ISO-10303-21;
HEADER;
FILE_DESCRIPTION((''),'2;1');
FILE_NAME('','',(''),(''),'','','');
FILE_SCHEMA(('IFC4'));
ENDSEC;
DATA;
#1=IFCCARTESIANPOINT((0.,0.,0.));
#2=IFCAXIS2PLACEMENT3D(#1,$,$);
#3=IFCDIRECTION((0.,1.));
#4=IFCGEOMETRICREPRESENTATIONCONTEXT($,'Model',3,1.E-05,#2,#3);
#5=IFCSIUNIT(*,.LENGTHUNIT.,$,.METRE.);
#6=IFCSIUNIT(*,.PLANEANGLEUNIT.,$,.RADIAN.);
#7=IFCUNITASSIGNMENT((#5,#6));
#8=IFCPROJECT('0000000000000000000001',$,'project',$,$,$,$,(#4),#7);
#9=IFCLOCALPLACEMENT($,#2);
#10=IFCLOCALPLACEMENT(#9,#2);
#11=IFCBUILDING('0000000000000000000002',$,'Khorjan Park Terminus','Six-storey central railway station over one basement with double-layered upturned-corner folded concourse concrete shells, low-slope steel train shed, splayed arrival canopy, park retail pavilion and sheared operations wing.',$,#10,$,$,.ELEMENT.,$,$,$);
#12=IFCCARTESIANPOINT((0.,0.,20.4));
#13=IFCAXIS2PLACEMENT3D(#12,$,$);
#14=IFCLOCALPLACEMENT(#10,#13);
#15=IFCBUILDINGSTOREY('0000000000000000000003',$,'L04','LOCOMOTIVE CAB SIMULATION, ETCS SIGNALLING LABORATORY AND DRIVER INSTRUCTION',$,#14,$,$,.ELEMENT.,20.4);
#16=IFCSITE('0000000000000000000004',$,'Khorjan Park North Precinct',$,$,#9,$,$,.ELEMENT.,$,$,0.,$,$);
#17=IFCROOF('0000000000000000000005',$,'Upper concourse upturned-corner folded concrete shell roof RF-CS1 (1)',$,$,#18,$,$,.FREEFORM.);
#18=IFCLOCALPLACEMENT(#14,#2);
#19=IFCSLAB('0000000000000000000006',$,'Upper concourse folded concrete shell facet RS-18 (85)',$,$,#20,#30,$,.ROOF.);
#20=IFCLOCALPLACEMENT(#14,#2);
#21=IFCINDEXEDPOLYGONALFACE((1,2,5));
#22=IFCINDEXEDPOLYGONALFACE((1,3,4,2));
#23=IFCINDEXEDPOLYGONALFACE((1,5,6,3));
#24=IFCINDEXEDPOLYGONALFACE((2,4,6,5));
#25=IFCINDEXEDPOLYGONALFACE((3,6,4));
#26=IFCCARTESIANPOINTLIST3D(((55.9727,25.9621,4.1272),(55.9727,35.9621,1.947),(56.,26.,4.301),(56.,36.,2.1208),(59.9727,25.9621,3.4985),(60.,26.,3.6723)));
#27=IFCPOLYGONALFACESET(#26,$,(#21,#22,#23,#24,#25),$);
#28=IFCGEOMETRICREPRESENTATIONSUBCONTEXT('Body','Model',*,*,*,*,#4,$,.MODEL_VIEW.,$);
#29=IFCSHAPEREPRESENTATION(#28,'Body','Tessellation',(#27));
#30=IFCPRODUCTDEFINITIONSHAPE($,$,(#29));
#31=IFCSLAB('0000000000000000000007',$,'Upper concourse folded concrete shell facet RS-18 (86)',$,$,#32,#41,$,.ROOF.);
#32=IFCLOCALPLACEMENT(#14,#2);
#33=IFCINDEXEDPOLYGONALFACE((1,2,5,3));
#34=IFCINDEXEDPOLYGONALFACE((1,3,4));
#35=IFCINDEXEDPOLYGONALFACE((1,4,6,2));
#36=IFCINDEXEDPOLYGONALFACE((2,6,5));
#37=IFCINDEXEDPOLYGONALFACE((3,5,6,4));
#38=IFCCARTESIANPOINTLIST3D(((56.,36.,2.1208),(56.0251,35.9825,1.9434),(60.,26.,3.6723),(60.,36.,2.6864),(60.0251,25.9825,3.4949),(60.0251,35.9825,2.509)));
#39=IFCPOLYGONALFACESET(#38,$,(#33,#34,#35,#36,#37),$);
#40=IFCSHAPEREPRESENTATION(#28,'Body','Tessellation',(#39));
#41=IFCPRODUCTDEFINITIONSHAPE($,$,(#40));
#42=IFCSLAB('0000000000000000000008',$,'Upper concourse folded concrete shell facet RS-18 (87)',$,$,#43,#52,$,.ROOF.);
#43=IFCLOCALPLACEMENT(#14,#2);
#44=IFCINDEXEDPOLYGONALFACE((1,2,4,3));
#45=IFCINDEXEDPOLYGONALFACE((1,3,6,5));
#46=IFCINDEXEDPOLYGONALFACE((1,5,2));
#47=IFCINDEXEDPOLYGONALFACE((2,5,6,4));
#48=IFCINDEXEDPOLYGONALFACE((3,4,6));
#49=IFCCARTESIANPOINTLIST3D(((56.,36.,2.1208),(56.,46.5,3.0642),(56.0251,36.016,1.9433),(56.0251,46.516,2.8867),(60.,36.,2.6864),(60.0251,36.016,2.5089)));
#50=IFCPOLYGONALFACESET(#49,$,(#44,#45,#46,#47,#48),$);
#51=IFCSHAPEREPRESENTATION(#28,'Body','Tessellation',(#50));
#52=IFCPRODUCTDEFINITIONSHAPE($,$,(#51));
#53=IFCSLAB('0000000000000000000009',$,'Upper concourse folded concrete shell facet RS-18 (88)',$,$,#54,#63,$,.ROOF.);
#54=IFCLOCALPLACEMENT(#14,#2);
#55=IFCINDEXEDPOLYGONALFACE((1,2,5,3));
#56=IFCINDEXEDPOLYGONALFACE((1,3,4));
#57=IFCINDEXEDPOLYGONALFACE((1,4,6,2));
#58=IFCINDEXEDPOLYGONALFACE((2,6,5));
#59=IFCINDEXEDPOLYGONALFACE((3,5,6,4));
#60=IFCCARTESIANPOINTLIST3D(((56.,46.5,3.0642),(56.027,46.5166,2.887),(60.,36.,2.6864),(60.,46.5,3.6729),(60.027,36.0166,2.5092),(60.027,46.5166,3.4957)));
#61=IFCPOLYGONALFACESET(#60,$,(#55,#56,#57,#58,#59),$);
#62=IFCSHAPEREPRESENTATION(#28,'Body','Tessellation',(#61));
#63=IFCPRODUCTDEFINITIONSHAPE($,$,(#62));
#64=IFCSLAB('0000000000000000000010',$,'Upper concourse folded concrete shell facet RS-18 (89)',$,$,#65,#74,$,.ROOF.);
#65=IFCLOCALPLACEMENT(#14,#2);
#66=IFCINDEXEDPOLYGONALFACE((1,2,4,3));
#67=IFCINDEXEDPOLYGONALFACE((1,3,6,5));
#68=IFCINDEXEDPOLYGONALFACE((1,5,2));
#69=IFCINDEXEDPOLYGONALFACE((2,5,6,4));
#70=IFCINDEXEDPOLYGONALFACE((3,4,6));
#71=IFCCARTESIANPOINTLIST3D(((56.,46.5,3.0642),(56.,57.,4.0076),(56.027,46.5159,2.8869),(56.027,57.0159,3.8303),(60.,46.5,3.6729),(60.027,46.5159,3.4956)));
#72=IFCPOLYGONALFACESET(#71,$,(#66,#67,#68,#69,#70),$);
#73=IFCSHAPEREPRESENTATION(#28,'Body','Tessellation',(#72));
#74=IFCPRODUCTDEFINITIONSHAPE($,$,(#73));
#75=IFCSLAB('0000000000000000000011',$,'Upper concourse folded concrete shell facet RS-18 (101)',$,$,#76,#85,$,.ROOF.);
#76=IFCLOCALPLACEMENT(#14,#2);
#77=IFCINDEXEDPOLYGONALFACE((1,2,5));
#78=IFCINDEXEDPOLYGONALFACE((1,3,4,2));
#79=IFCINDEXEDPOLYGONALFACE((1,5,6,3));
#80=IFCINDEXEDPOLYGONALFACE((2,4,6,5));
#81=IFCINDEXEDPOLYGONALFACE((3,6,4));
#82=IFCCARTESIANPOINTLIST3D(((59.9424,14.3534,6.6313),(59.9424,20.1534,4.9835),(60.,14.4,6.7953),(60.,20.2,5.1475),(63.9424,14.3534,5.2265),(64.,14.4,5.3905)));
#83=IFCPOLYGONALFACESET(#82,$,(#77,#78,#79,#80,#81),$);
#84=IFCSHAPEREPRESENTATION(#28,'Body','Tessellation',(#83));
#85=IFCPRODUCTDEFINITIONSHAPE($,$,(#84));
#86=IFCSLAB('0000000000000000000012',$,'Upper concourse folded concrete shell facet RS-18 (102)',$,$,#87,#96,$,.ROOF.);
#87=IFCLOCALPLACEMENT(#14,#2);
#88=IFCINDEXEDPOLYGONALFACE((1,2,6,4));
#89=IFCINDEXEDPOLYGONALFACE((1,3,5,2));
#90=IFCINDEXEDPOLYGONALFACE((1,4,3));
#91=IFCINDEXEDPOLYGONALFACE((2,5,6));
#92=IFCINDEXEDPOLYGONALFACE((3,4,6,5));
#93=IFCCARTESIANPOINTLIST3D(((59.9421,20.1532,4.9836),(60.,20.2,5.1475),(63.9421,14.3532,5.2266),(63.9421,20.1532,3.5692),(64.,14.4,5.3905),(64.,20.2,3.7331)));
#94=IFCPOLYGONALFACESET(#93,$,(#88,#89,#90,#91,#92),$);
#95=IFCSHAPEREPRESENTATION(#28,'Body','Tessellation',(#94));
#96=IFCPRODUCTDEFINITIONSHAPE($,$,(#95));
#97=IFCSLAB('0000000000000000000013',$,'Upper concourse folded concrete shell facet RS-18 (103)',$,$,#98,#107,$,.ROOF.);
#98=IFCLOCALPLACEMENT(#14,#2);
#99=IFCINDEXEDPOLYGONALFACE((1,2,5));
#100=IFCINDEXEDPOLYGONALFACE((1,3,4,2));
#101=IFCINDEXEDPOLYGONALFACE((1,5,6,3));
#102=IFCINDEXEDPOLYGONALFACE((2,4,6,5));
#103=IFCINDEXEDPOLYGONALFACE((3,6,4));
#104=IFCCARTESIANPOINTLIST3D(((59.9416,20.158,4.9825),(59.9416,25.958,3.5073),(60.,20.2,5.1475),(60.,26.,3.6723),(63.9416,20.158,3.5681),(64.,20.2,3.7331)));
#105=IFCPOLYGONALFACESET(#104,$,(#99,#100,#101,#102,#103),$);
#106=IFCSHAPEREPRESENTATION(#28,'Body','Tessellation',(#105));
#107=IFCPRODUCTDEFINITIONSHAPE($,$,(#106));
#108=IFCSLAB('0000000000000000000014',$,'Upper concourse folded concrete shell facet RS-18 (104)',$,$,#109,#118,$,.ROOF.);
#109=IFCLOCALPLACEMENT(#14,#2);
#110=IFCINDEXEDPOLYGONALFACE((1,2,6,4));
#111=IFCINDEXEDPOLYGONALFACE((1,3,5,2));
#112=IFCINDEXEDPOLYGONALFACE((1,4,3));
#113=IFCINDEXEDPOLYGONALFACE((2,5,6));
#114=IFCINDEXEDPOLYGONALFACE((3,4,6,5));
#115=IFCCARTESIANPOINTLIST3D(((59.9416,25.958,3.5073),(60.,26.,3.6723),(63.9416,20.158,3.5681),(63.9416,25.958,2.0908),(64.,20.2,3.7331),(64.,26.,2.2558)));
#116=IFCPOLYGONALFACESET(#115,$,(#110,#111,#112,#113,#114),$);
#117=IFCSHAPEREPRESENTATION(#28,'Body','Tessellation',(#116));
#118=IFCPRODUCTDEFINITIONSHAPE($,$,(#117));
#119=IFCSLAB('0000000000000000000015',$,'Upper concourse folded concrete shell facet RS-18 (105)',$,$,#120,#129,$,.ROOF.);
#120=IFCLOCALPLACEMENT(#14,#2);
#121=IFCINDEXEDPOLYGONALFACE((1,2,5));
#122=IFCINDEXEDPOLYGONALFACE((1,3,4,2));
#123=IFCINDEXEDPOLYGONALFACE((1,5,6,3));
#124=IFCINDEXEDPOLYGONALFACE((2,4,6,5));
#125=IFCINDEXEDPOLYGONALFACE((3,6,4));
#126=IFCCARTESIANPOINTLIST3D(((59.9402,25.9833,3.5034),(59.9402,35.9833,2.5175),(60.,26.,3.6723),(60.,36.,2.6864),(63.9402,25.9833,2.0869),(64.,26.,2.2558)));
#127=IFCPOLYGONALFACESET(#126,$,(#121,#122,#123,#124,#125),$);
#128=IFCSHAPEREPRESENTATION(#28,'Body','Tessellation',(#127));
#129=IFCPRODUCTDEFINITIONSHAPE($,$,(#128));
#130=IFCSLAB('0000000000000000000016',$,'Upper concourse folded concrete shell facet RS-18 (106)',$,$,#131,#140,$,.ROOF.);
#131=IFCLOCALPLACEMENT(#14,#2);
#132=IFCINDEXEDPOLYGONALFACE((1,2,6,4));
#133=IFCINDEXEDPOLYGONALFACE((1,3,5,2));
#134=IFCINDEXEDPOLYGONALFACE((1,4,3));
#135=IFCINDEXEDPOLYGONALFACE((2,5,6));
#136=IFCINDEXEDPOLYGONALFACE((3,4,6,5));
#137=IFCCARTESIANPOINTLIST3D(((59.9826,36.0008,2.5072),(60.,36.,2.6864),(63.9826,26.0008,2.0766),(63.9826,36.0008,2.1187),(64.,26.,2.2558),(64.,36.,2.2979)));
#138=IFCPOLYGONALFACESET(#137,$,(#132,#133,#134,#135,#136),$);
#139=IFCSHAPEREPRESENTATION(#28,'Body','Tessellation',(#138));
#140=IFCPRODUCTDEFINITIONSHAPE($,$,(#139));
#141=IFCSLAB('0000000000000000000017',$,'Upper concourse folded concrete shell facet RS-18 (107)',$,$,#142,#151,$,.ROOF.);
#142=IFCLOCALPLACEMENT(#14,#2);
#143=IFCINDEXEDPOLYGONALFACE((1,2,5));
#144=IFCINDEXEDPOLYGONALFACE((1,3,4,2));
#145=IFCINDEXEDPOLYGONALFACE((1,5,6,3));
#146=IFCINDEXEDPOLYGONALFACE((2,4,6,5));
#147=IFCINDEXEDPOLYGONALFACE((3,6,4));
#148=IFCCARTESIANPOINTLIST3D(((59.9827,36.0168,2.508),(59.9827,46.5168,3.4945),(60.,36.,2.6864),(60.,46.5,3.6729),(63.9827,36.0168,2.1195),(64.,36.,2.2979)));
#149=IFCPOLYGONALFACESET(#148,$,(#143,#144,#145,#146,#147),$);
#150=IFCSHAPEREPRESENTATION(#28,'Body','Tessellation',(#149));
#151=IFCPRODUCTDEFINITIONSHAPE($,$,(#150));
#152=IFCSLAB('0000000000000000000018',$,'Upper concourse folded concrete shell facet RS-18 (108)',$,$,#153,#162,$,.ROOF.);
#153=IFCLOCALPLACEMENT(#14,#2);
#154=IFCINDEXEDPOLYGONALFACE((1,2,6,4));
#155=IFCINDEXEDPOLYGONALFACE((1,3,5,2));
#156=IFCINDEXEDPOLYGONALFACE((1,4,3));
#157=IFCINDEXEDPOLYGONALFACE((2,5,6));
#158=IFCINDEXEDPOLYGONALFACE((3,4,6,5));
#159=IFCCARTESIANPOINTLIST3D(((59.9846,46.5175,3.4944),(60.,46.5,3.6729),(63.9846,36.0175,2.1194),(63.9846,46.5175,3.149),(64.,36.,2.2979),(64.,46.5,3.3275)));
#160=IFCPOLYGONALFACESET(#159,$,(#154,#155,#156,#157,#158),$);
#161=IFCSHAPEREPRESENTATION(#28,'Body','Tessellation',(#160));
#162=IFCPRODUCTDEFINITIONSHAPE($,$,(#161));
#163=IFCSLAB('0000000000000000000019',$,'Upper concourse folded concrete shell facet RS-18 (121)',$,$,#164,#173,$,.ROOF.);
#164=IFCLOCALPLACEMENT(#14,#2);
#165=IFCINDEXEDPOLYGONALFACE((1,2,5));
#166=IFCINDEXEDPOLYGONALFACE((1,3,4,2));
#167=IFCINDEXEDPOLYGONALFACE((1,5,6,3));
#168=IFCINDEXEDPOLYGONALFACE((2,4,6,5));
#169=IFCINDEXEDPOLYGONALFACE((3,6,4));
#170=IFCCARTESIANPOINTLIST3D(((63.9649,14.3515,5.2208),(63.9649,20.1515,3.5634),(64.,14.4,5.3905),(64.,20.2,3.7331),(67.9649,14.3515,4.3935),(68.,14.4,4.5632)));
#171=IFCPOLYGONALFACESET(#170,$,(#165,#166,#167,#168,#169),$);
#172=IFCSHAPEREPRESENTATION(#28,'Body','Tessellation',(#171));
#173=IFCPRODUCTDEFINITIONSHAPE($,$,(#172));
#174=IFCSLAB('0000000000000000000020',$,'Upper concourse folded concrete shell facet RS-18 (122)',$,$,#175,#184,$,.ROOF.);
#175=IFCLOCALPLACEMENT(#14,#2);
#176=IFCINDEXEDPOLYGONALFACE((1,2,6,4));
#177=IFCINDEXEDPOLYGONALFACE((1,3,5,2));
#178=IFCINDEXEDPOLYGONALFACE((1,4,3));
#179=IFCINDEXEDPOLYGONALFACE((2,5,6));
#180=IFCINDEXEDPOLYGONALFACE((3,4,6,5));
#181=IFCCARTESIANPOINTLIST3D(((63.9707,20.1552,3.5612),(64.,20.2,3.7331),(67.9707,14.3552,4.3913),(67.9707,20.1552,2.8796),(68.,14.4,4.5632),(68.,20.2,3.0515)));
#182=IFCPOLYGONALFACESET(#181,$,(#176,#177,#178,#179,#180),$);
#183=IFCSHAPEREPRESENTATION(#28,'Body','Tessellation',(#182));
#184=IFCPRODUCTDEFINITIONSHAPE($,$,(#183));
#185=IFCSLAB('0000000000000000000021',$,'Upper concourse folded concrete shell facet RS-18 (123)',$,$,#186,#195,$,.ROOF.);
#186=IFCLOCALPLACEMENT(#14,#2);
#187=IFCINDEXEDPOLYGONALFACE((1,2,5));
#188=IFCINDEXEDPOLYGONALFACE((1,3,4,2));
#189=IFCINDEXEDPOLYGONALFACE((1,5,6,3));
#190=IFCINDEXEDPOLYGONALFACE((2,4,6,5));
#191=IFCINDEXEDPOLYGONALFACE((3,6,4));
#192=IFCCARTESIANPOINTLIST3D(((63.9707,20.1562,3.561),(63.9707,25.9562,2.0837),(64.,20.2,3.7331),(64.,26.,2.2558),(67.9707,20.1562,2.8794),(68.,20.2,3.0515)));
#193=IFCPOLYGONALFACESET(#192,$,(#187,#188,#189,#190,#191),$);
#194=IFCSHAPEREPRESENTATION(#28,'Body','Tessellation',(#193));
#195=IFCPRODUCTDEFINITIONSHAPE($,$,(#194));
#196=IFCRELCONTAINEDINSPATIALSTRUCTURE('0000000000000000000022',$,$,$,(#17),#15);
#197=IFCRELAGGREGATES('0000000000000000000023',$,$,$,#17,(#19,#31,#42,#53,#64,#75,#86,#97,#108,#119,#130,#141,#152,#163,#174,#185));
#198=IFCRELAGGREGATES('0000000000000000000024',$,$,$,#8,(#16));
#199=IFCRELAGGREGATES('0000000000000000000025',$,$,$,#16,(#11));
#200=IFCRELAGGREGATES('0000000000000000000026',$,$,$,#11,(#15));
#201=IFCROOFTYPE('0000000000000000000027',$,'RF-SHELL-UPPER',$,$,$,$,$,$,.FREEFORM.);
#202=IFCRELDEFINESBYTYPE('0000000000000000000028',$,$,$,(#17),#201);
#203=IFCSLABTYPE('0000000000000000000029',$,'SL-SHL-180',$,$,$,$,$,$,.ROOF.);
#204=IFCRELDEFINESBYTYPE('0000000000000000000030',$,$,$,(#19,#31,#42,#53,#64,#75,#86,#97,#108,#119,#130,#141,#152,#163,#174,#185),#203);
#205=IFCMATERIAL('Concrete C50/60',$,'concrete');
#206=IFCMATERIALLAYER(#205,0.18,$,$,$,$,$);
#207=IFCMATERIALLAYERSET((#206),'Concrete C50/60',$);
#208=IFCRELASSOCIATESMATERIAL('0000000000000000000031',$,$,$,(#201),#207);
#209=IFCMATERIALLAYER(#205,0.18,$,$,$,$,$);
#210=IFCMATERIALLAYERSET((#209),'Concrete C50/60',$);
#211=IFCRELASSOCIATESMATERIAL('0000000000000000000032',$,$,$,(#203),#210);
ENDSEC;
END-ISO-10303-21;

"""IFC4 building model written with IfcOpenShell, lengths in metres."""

from ifc_helpers import new_model, si_unit, direction, frame, origin, place, context, subcontext, project, spatial, polyline, outline, extrude, material, layer, layer_set, type_object, element, aggregate, save


model = new_model("IFC4")

# Units and contexts
model_context = context("Model", 3, precision=1e-05, world=origin(), true_north=direction((0.0, 1.0)))
body_context = subcontext(model_context, "Body", "Model", "MODEL_VIEW")
ifc_project = project(units=[si_unit("LENGTHUNIT", "METRE"), si_unit("PLANEANGLEUNIT", "RADIAN")], contexts=[model_context])

# Site, building, storey
site_placement = place(None, origin())
site = spatial("IfcSite", under=ifc_project, at=site_placement, Name="Khorjan Park North Precinct", CompositionType="ELEMENT", RefElevation=0.0)
building_placement = place(site_placement, origin())
building = spatial("IfcBuilding", under=site, at=building_placement, Name="Khorjan Park Terminus", Description="Six-storey central railway station over one basement with double-layered upturned-corner folded concourse concrete shells, low-slope steel train shed, splayed arrival canopy, park retail pavilion and sheared operations wing.", CompositionType="ELEMENT")
storey_placement = place(building_placement, frame((0.0, 0.0, 20.4)))
storey = spatial("IfcBuildingStorey", under=building, at=storey_placement, Name="L04", Description="LOCOMOTIVE CAB SIMULATION, ETCS SIGNALLING LABORATORY AND DRIVER INSTRUCTION", CompositionType="ELEMENT", Elevation=20.4)

# Roof, slabs
ifc_material = material(Name="Concrete C50/60", Category="concrete")
ifc_layer_1 = layer(ifc_material, 0.18)
ifc_layer_set_1 = layer_set([ifc_layer_1], Name="Concrete C50/60")
roof_type = type_object("IfcRoofType", Name="RF-SHELL-UPPER", PredefinedType="FREEFORM", material=ifc_layer_set_1)
roof_1_placement = place(storey_placement, origin())
roof_1 = element("IfcRoof", 1, at=roof_1_placement, inside=storey, type_object=roof_type, Name="Upper concourse upturned-corner folded concrete shell roof RF-CS1 (1)", PredefinedType="FREEFORM")
ifc_layer_2 = layer(ifc_material, 0.18)
ifc_layer_set_2 = layer_set([ifc_layer_2], Name="Concrete C50/60")
slab_type = type_object("IfcSlabType", Name="SL-SHL-180", PredefinedType="ROOF", material=ifc_layer_set_2)
slab_1_placement = place(storey_placement, frame((56.0, 26.0, 4.301), z_axis=(0.151788, 0.210548, 0.965728), x_axis=(0.987872, 0.0, -0.155269)))
slab_1 = element("IfcSlab", 2, at=slab_1_placement, type_object=slab_type, Name="Upper concourse folded concrete shell facet RS-18 (85)", PredefinedType="ROOF", context=body_context, shape_type="SweptSolid", body=[
    extrude(outline(polyline([(0.0, 0.0), (4.0491, 0.0), (0.3385, 10.2293), (0.0, 0.0)])), origin(), (0.0, 0.0, -1.0), 0.18),
])
slab_2_placement = place(storey_placement, frame((60.0, 26.0, 3.6723), z_axis=(-0.139345, 0.097157, 0.985466), x_axis=(0.0, 0.995175, -0.098114)))
slab_2 = element("IfcSlab", 3, at=slab_2_placement, type_object=slab_type, Name="Upper concourse folded concrete shell facet RS-18 (86)", PredefinedType="ROOF", context=body_context, shape_type="SweptSolid", body=[
    extrude(outline(polyline([(0.0, 0.0), (10.0485, 0.0), (10.104, 4.0394), (0.0, 0.0)])), origin(), (0.0, 0.0, -1.0), 0.18),
])
slab_3_placement = place(storey_placement, frame((56.0, 36.0, 2.1208), z_axis=(-0.139457, -0.088613, 0.986255), x_axis=(0.99015, 0.0, 0.140007)))
slab_3 = element("IfcSlab", 4, at=slab_3_placement, type_object=slab_type, Name="Upper concourse folded concrete shell facet RS-18 (87)", PredefinedType="ROOF", context=body_context, shape_type="SweptSolid", body=[
    extrude(outline(polyline([(0.0, 0.0), (4.0398, 0.0), (0.1321, 10.5415), (0.0, 0.0)])), origin(), (0.0, 0.0, -1.0), 0.18),
])
slab_4_placement = place(storey_placement, frame((60.0, 36.0, 2.6864), z_axis=(-0.149798, -0.092485, 0.984382), x_axis=(0.0, 0.995615, 0.09354)))
slab_4 = element("IfcSlab", 5, at=slab_4_placement, type_object=slab_type, Name="Upper concourse folded concrete shell facet RS-18 (88)", PredefinedType="ROOF", context=body_context, shape_type="SweptSolid", body=[
    extrude(outline(polyline([(0.0, 0.0), (10.5462, 0.0), (10.4893, 4.0456), (0.0, 0.0)])), origin(), (0.0, 0.0, -1.0), 0.18),
])
slab_5_placement = place(storey_placement, frame((56.0, 46.5, 3.0642), z_axis=(-0.149853, -0.088477, 0.984742), x_axis=(0.988619, 0.0, 0.150443)))
slab_5 = element("IfcSlab", 6, at=slab_5_placement, type_object=slab_type, Name="Upper concourse folded concrete shell facet RS-18 (89)", PredefinedType="ROOF", context=body_context, shape_type="SweptSolid", body=[
    extrude(outline(polyline([(0.0, 0.0), (4.046, 0.0), (0.1419, 10.5413), (0.0, 0.0)])), origin(), (0.0, 0.0, -1.0), 0.18),
])
slab_6_placement = place(storey_placement, frame((60.0, 14.4, 6.7953), z_axis=(0.32006, 0.258913, 0.911332), x_axis=(0.943505, 0.0, -0.331359)))
slab_6 = element("IfcSlab", 7, at=slab_6_placement, type_object=slab_type, Name="Upper concourse folded concrete shell facet RS-18 (101)", PredefinedType="ROOF", context=body_context, shape_type="SweptSolid", body=[
    extrude(outline(polyline([(0.0, 0.0), (4.2395, 0.0), (0.546, 6.0048), (0.0, 0.0)])), origin(), (0.0, 0.0, -1.0), 0.18),
])
slab_7_placement = place(storey_placement, frame((64.0, 14.4, 5.3905), z_axis=(0.321895, 0.260137, 0.910337), x_axis=(0.0, 0.961513, -0.274761)))
slab_7 = element("IfcSlab", 8, at=slab_7_placement, type_object=slab_type, Name="Upper concourse folded concrete shell facet RS-18 (102)", PredefinedType="ROOF", context=body_context, shape_type="SweptSolid", body=[
    extrude(outline(polyline([(0.0, 0.0), (6.0322, 0.0), (5.6435, 4.2249), (0.0, 0.0)])), origin(), (0.0, 0.0, -1.0), 0.18),
])
slab_8_placement = place(storey_placement, frame((60.0, 20.2, 5.1475), z_axis=(0.324182, 0.233185, 0.916805), x_axis=(0.942795, 0.0, -0.333372)))
slab_8 = element("IfcSlab", 9, at=slab_8_placement, type_object=slab_type, Name="Upper concourse folded concrete shell facet RS-18 (103)", PredefinedType="ROOF", context=body_context, shape_type="SweptSolid", body=[
    extrude(outline(polyline([(0.0, 0.0), (4.2427, 0.0), (0.4918, 5.9644), (0.0, 0.0)])), origin(), (0.0, 0.0, -1.0), 0.18),
])
slab_9_placement = place(storey_placement, frame((64.0, 20.2, 3.7331), z_axis=(0.324588, 0.233462, 0.916591), x_axis=(0.0, 0.96906, -0.246826)))
slab_9 = element("IfcSlab", 10, at=slab_9_placement, type_object=slab_type, Name="Upper concourse folded concrete shell facet RS-18 (104)", PredefinedType="ROOF", context=body_context, shape_type="SweptSolid", body=[
    extrude(outline(polyline([(0.0, 0.0), (5.9852, 0.0), (5.6356, 4.229), (0.0, 0.0)])), origin(), (0.0, 0.0, -1.0), 0.18),
])
slab_10_placement = place(storey_placement, frame((60.0, 26.0, 3.6723), z_axis=(0.33238, 0.092536, 0.938595), x_axis=(0.94264, 0.0, -0.333812)))
slab_10 = element("IfcSlab", 11, at=slab_10_placement, type_object=slab_type, Name="Upper concourse folded concrete shell facet RS-18 (105)", PredefinedType="ROOF", context=body_context, shape_type="SweptSolid", body=[
    extrude(outline(polyline([(0.0, 0.0), (4.2434, 0.0), (0.3291, 10.0431), (0.0, 0.0)])), origin(), (0.0, 0.0, -1.0), 0.18),
])
slab_11_placement = place(storey_placement, frame((64.0, 26.0, 2.2558), z_axis=(0.096669, -0.00419, 0.995308), x_axis=(0.0, 0.999991, 0.00421)))
slab_11 = element("IfcSlab", 12, at=slab_11_placement, type_object=slab_type, Name="Upper concourse folded concrete shell facet RS-18 (106)", PredefinedType="ROOF", context=body_context, shape_type="SweptSolid", body=[
    extrude(outline(polyline([(0.0, 0.0), (10.0001, 0.0), (10.0017, 4.0188), (0.0, 0.0)])), origin(), (0.0, 0.0, -1.0), 0.18),
])
slab_12_placement = place(storey_placement, frame((60.0, 36.0, 2.6864), z_axis=(0.09625, -0.093106, 0.990993), x_axis=(0.995316, 0.0, -0.09667)))
slab_12 = element("IfcSlab", 13, at=slab_12_placement, type_object=slab_type, Name="Upper concourse folded concrete shell facet RS-18 (107)", PredefinedType="ROOF", context=body_context, shape_type="SweptSolid", body=[
    extrude(outline(polyline([(0.0, 0.0), (4.0188, 0.0), (-0.0954, 10.5458), (0.0, 0.0)])), origin(), (0.0, 0.0, -1.0), 0.18),
])
slab_13_placement = place(storey_placement, frame((64.0, 36.0, 2.2979), z_axis=(0.085622, -0.097231, 0.991572), x_axis=(0.0, 0.995227, 0.097589)))
slab_13 = element("IfcSlab", 14, at=slab_13_placement, type_object=slab_type, Name="Upper concourse folded concrete shell facet RS-18 (108)", PredefinedType="ROOF", context=body_context, shape_type="SweptSolid", body=[
    extrude(outline(polyline([(0.0, 0.0), (10.5504, 0.0), (10.5841, 4.0147), (0.0, 0.0)])), origin(), (0.0, 0.0, -1.0), 0.18),
])
slab_14_placement = place(storey_placement, frame((64.0, 14.4, 5.3905), z_axis=(0.195046, 0.269484, 0.943046), x_axis=(0.979274, 0.0, -0.202538)))
slab_14 = element("IfcSlab", 15, at=slab_14_placement, type_object=slab_type, Name="Upper concourse folded concrete shell facet RS-18 (121)", PredefinedType="ROOF", context=body_context, shape_type="SweptSolid", body=[
    extrude(outline(polyline([(0.0, 0.0), (4.0847, 0.0), (0.3357, 6.0228), (0.0, 0.0)])), origin(), (0.0, 0.0, -1.0), 0.18),
])
slab_15_placement = place(storey_placement, frame((68.0, 14.4, 4.5632), z_axis=(0.162694, 0.248852, 0.954779), x_axis=(0.0, 0.967672, -0.252212)))
slab_15 = element("IfcSlab", 16, at=slab_15_placement, type_object=slab_type, Name="Upper concourse folded concrete shell facet RS-18 (122)", PredefinedType="ROOF", context=body_context, shape_type="SweptSolid", body=[
    extrude(outline(polyline([(0.0, 0.0), (5.9938, 0.0), (5.8219, 4.054), (0.0, 0.0)])), origin(), (0.0, 0.0, -1.0), 0.18),
])
slab_16_placement = place(storey_placement, frame((64.0, 20.2, 3.7331), z_axis=(0.162922, 0.243528, 0.956112), x_axis=(0.985791, 0.0, -0.167979)))
slab_16 = element("IfcSlab", 17, at=slab_16_placement, type_object=slab_type, Name="Upper concourse folded concrete shell facet RS-18 (123)", PredefinedType="ROOF", context=body_context, shape_type="SweptSolid", body=[
    extrude(outline(polyline([(0.0, 0.0), (4.0577, 0.0), (0.2482, 5.98), (0.0, 0.0)])), origin(), (0.0, 0.0, -1.0), 0.18),
])
aggregate(roof_1, [slab_1, slab_2, slab_3, slab_4, slab_5, slab_6, slab_7, slab_8, slab_9, slab_10, slab_11, slab_12, slab_13, slab_14, slab_15, slab_16])

save(model, "model.ifc")
